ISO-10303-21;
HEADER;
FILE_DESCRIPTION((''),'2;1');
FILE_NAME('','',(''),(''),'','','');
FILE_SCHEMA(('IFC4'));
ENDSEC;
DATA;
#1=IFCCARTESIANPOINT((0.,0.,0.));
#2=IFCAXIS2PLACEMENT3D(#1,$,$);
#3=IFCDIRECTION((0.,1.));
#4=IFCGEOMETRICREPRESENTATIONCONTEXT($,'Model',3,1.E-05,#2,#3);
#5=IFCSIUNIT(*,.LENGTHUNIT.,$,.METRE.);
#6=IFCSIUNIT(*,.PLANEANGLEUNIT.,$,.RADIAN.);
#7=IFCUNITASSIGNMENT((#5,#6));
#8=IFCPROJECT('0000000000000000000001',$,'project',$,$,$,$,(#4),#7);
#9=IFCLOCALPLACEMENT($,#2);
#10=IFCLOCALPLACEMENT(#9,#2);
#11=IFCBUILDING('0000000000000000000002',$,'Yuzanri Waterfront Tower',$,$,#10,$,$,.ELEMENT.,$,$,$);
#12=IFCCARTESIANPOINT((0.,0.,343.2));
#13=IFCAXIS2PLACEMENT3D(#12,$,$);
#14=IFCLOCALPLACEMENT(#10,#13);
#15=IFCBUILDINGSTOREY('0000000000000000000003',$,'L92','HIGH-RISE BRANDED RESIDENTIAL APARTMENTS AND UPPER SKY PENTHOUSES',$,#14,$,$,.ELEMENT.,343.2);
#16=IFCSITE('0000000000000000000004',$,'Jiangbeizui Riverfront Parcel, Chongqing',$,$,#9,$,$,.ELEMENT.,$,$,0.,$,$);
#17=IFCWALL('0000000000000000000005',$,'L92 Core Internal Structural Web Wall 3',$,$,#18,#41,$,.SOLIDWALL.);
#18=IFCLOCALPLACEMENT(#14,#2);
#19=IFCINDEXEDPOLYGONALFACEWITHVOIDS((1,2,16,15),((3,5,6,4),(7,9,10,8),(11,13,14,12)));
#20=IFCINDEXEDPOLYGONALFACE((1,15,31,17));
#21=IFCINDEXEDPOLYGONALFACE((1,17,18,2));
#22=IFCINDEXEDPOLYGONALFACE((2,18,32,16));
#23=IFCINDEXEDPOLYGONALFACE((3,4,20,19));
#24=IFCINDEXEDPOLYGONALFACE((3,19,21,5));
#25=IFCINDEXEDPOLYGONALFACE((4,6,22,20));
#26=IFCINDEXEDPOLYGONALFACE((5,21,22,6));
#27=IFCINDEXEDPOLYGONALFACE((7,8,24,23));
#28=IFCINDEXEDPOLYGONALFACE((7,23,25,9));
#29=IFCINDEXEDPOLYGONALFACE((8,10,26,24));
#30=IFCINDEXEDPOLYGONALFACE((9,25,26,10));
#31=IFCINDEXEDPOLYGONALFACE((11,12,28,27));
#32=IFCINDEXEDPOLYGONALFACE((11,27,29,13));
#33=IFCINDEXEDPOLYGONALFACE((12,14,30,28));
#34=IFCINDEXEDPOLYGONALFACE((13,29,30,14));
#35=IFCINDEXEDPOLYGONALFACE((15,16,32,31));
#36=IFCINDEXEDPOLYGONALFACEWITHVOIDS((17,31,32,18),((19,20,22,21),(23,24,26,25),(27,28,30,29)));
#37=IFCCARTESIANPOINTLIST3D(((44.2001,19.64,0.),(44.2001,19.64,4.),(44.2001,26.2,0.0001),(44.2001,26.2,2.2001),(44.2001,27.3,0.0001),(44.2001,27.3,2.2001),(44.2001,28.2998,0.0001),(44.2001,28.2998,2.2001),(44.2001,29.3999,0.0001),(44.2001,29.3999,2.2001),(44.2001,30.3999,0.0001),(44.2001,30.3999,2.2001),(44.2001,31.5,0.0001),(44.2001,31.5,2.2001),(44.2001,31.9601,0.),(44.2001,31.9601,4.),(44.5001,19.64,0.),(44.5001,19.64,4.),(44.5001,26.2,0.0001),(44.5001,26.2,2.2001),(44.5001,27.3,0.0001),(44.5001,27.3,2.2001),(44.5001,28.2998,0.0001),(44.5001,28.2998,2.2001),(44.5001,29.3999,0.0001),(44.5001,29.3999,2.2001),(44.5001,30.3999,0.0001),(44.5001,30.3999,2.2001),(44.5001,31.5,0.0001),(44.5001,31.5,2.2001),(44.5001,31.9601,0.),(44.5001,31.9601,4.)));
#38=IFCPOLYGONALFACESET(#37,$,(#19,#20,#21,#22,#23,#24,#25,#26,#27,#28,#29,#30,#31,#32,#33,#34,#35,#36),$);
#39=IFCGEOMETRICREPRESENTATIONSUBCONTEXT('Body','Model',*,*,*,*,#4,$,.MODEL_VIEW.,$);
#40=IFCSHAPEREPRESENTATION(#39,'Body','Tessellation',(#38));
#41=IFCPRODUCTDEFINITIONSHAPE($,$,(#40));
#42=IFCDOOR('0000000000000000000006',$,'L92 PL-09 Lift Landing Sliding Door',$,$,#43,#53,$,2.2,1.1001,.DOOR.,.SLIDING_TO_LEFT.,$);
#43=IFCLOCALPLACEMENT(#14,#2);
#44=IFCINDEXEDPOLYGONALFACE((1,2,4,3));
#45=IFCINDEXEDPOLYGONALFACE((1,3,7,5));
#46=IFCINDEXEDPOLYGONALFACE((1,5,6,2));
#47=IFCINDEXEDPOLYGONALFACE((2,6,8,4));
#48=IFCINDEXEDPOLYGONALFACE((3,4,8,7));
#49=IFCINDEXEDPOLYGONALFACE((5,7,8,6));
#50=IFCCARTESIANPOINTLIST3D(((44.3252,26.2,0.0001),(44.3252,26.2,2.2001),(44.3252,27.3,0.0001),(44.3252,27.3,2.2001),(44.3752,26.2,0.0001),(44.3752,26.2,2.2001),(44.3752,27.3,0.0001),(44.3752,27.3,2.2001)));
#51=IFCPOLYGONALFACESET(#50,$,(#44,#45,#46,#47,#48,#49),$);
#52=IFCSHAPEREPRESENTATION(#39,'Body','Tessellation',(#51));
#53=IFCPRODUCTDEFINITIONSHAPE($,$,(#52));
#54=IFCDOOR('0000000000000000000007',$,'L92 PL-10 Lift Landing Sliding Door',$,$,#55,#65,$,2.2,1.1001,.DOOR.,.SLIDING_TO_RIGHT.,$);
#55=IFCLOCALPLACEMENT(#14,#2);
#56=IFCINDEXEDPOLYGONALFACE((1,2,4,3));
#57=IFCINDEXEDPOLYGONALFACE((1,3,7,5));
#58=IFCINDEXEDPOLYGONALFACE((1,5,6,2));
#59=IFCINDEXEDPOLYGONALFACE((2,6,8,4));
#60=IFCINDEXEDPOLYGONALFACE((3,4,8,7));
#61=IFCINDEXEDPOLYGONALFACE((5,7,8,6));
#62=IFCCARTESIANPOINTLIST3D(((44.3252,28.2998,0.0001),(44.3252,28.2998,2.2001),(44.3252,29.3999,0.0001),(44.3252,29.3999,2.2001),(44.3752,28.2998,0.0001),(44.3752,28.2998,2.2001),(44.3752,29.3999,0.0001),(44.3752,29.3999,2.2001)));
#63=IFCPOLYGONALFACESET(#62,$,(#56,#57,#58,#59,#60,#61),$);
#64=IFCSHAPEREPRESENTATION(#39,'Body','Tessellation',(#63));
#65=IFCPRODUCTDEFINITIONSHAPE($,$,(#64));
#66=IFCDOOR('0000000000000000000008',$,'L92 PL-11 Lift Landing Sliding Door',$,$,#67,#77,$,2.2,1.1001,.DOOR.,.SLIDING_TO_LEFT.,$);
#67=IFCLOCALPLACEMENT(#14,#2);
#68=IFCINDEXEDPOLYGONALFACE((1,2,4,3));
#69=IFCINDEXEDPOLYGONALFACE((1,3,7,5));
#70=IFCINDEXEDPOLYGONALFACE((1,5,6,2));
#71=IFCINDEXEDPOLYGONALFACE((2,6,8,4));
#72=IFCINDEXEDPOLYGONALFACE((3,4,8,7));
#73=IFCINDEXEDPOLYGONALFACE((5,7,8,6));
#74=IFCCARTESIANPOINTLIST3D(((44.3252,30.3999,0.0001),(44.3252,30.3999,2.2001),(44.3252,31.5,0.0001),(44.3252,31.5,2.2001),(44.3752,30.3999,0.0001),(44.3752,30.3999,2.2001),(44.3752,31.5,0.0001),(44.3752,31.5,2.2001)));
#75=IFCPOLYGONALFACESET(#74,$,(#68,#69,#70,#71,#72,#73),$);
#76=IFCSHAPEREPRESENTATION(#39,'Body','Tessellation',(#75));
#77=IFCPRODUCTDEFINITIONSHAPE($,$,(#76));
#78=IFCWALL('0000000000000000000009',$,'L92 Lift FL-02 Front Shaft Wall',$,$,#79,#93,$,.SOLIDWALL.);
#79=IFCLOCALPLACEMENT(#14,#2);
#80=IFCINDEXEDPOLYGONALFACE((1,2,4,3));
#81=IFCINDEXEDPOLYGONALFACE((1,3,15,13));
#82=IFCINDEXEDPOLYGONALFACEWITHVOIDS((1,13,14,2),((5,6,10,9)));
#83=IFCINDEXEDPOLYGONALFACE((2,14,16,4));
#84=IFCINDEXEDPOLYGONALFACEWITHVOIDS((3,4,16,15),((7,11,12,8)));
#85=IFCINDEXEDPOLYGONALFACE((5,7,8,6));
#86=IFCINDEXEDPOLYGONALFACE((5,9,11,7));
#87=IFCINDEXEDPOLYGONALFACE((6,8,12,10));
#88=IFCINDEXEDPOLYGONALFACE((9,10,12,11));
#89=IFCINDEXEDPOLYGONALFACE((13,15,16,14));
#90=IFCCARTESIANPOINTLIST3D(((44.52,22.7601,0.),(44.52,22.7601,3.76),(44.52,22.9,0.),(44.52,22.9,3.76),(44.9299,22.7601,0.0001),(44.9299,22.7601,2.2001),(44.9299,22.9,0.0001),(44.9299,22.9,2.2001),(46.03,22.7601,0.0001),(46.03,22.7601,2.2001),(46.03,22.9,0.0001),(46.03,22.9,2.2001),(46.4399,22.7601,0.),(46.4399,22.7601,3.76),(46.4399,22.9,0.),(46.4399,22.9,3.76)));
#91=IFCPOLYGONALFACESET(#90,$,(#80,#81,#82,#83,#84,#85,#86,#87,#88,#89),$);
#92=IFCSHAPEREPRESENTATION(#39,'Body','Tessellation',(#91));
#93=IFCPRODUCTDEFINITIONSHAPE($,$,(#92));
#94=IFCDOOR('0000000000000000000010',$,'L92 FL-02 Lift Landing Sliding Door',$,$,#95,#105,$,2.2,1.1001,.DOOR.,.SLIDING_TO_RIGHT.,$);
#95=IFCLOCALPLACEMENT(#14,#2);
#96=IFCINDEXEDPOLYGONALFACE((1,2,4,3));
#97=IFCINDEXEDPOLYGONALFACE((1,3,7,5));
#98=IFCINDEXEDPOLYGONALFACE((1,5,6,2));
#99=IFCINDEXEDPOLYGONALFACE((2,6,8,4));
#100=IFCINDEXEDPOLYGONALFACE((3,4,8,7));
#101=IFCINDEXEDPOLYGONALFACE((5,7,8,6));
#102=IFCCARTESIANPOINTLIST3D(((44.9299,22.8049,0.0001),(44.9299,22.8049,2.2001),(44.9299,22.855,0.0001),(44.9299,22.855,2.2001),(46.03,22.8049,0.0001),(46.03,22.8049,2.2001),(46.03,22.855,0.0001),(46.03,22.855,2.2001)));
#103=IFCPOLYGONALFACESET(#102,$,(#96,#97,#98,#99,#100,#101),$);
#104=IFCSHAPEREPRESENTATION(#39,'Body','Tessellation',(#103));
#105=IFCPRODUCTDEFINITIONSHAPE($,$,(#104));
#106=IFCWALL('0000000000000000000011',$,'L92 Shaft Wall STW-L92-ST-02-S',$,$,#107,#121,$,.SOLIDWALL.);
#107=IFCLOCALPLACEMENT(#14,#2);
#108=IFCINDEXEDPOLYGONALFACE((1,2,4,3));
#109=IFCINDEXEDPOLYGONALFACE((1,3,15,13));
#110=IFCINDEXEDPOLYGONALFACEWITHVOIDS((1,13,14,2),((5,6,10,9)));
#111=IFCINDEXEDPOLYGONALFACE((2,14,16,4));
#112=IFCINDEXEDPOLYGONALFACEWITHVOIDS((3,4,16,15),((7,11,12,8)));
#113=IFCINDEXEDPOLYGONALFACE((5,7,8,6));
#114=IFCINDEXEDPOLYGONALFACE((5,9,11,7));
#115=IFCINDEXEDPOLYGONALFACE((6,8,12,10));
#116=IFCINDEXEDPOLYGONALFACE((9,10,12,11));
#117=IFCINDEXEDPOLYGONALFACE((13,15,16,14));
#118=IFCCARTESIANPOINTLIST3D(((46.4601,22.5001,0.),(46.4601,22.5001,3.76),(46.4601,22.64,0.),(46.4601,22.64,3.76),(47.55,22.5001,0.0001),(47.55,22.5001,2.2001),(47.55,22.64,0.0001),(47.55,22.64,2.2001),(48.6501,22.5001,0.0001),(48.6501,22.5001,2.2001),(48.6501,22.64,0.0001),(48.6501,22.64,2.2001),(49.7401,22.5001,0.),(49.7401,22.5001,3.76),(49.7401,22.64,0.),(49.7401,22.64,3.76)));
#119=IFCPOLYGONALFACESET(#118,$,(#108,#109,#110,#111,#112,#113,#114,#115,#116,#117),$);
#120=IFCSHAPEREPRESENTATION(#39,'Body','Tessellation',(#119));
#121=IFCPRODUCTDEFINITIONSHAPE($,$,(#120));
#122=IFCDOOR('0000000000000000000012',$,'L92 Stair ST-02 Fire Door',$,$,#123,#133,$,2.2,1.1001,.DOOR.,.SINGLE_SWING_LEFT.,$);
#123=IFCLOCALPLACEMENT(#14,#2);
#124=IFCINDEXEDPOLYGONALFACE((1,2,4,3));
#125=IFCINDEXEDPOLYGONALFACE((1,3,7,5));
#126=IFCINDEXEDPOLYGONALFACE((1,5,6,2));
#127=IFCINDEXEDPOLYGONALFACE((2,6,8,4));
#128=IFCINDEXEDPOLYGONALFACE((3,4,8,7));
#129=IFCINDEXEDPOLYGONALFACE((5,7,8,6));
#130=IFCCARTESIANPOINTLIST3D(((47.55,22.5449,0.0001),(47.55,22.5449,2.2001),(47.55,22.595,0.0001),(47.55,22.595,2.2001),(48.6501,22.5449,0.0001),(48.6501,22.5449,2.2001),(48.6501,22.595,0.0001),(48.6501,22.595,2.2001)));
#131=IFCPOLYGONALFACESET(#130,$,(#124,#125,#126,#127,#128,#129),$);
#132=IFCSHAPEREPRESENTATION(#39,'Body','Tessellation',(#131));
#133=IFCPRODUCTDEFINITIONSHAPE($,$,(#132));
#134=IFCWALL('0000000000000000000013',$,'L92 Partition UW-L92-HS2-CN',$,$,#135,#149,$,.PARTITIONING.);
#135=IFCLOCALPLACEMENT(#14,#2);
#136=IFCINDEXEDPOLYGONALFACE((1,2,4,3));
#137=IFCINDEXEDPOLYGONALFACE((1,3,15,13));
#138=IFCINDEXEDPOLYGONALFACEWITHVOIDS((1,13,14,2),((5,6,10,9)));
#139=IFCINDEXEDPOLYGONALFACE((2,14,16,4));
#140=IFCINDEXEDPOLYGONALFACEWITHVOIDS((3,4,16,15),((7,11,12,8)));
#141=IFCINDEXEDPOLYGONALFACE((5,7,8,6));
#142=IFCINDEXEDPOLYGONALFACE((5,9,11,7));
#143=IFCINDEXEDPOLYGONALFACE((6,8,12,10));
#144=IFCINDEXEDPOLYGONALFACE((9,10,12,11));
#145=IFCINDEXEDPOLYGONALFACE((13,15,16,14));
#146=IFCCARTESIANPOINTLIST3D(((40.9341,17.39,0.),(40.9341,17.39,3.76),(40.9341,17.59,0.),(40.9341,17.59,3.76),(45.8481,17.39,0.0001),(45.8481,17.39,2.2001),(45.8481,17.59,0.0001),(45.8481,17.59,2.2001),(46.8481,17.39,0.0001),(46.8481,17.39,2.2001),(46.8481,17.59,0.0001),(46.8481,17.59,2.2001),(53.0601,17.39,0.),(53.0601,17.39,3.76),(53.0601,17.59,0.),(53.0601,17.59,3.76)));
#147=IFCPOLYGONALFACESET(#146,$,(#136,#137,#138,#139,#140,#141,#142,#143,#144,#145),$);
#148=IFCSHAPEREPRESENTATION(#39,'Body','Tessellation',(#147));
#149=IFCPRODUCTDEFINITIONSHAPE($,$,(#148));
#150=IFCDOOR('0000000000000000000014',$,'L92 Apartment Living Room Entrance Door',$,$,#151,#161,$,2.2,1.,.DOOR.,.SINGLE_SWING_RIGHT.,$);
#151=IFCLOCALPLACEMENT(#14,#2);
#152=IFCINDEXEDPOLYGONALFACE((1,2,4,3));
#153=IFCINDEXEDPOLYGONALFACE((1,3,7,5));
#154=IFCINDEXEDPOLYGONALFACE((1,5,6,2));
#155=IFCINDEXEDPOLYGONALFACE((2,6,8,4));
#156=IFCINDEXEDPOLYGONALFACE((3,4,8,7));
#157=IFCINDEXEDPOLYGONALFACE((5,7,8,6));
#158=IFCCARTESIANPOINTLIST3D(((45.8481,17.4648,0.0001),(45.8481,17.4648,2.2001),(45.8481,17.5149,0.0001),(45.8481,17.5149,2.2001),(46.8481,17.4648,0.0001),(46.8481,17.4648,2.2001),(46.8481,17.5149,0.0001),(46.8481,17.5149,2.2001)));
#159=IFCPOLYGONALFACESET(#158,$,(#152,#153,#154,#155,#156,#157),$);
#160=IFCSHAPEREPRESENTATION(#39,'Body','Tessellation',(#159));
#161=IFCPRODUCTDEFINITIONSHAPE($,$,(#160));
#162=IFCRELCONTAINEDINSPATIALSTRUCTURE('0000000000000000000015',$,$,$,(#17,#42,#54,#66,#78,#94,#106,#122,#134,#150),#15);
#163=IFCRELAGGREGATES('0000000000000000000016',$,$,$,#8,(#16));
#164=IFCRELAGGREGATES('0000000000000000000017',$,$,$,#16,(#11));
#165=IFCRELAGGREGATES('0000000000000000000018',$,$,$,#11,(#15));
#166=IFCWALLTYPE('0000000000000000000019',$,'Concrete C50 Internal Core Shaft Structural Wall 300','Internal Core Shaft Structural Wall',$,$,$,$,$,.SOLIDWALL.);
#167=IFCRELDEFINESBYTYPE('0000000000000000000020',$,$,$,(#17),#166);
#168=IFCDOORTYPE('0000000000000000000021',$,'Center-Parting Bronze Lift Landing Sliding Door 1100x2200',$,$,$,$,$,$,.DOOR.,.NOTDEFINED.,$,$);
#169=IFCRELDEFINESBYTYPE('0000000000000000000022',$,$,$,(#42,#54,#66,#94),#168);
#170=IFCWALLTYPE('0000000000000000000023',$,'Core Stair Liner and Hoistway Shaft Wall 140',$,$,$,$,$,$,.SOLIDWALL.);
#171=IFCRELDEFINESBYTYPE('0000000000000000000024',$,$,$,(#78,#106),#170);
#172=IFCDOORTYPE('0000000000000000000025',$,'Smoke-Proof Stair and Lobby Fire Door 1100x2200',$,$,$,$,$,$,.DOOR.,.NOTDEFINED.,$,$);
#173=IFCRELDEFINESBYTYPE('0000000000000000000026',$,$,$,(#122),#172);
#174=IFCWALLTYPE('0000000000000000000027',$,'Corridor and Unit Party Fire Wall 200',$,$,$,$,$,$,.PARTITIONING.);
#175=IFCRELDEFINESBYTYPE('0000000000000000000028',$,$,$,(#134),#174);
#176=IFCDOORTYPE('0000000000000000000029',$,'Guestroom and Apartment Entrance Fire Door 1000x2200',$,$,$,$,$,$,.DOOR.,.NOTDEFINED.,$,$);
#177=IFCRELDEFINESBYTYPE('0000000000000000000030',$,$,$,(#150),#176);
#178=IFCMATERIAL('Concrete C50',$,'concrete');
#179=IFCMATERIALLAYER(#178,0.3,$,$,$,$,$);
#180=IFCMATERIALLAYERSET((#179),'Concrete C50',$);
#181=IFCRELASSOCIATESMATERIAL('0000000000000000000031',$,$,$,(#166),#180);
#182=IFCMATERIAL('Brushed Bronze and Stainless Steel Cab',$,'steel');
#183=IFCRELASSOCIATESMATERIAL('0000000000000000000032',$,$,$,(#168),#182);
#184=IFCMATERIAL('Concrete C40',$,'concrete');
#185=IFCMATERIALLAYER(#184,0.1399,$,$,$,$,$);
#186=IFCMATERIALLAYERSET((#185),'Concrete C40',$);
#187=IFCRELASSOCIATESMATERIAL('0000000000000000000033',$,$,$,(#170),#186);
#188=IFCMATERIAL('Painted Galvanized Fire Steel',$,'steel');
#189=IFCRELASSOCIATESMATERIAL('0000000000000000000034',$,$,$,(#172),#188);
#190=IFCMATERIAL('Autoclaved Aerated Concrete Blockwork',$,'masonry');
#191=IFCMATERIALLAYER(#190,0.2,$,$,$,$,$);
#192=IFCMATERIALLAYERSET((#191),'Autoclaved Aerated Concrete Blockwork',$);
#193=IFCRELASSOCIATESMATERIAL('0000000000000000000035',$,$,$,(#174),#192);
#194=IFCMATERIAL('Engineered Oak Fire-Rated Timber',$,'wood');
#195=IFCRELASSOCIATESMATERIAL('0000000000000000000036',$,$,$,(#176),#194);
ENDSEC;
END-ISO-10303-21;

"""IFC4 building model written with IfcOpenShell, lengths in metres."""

from ifc_helpers import new_model, si_unit, direction, frame, frame_2d, origin, place, context, subcontext, project, spatial, rectangle, extrude, source, transform, mapped, material, layer, layer_set, type_object, element, fill, save


model = new_model("IFC4")

# Units and contexts
model_context = context("Model", 3, precision=1e-05, world=origin(), true_north=direction((0.0, 1.0)))
body_context = subcontext(model_context, "Body", "Model", "MODEL_VIEW")
ifc_project = project(units=[si_unit("LENGTHUNIT", "METRE"), si_unit("PLANEANGLEUNIT", "RADIAN")], contexts=[model_context])

# Site, building, storey
site_placement = place(None, origin())
site = spatial("IfcSite", under=ifc_project, at=site_placement, Name="Jiangbeizui Riverfront Parcel, Chongqing", CompositionType="ELEMENT", RefElevation=0.0)
building_placement = place(site_placement, origin())
building = spatial("IfcBuilding", under=site, at=building_placement, Name="Yuzanri Waterfront Tower", CompositionType="ELEMENT")
storey_placement = place(building_placement, frame((0.0, 0.0, 343.2)))
storey = spatial("IfcBuildingStorey", under=building, at=storey_placement, Name="L92", Description="HIGH-RISE BRANDED RESIDENTIAL APARTMENTS AND UPPER SKY PENTHOUSES", CompositionType="ELEMENT", Elevation=343.2)

# Wall, openings, doors
ifc_material_1 = material(Name="Concrete C50", Category="concrete")
ifc_layer_1 = layer(ifc_material_1, 0.3)
ifc_layer_set_1 = layer_set([ifc_layer_1], Name="Concrete C50")
wall_type_1 = type_object("IfcWallType", Name="Concrete C50 Internal Core Shaft Structural Wall 300", Description="Internal Core Shaft Structural Wall", PredefinedType="SOLIDWALL", material=ifc_layer_set_1)
wall_1_placement = place(storey_placement, frame((44.3501, 19.6399, 0.0), z_axis=(0.0, 0.0, 1.0), x_axis=(0.0, 1.0, 0.0)))
wall_1 = element("IfcWall", 1, at=wall_1_placement, inside=storey, type_object=wall_type_1, Name="L92 Core Internal Structural Web Wall 3", PredefinedType="SOLIDWALL", context=body_context, shape_type="SweptSolid", body=[
    extrude(rectangle(XDim=12.3201, YDim=0.3, at=frame_2d((6.1602, 0.0))), origin(), (0.0, 0.0, 1.0), 4.0),
])
opening_1_placement = place(wall_1_placement, frame((6.5601, 0.0, 0.0)))
opening_1 = element("IfcOpeningElement", 2, at=opening_1_placement, cuts=wall_1, PredefinedType="OPENING", context=body_context, shape_type="SweptSolid", body=[
    extrude(rectangle(XDim=1.1001, YDim=2.2, at=frame_2d((0.55, 1.1001))), frame((0.0, 0.165, 0.0), z_axis=(0.0, -1.0, 0.0), x_axis=(1.0, 0.0, 0.0)), (0.0, 0.0, 1.0), 0.3298),
])
opening_2_placement = place(wall_1_placement, frame((8.6599, 0.0, 0.0)))
opening_2 = element("IfcOpeningElement", 3, at=opening_2_placement, cuts=wall_1, PredefinedType="OPENING", context=body_context, shape_type="SweptSolid", body=[
    extrude(rectangle(XDim=1.1001, YDim=2.2, at=frame_2d((0.55, 1.1001))), frame((0.0, 0.165, 0.0), z_axis=(0.0, -1.0, 0.0), x_axis=(1.0, 0.0, 0.0)), (0.0, 0.0, 1.0), 0.3298),
])
opening_3_placement = place(wall_1_placement, frame((10.76, 0.0, 0.0)))
opening_3 = element("IfcOpeningElement", 4, at=opening_3_placement, cuts=wall_1, PredefinedType="OPENING", context=body_context, shape_type="SweptSolid", body=[
    extrude(rectangle(XDim=1.1001, YDim=2.2, at=frame_2d((0.55, 1.1001))), frame((0.0, 0.165, 0.0), z_axis=(0.0, -1.0, 0.0), x_axis=(1.0, 0.0, 0.0)), (0.0, 0.0, 1.0), 0.3298),
])
ifc_material_2 = material(Name="Brushed Bronze and Stainless Steel Cab", Category="steel")
door_type_1 = type_object("IfcDoorType", Name="Center-Parting Bronze Lift Landing Sliding Door 1100x2200", OperationType="NOTDEFINED", PredefinedType="DOOR", material=ifc_material_2)
shared_shape_1 = source(origin(), body_context, "Body", "SweptSolid", [
    extrude(rectangle(XDim=1.1001, YDim=2.2, at=frame_2d((0.55, 1.1001))), frame((0.0, 0.0249, 0.0), z_axis=(0.0, -1.0, 0.0), x_axis=(1.0, 0.0, 0.0)), (0.0, 0.0, 1.0), 0.05),
])
door_1_placement = place(opening_1_placement, origin())
door_1 = element("IfcDoor", 5, at=door_1_placement, inside=storey, type_object=door_type_1, Name="L92 PL-09 Lift Landing Sliding Door", OperationType="SLIDING_TO_LEFT", OverallHeight=2.2, OverallWidth=1.1001, PredefinedType="DOOR", context=body_context, shape_type="MappedRepresentation", body=[
    mapped(shared_shape_1, transform((0.0, 0.0, 0.0), scale=1.0)),
])
fill(opening_1, door_1)
door_2_placement = place(opening_2_placement, origin())
door_2 = element("IfcDoor", 6, at=door_2_placement, inside=storey, type_object=door_type_1, Name="L92 PL-10 Lift Landing Sliding Door", OperationType="SLIDING_TO_RIGHT", OverallHeight=2.2, OverallWidth=1.1001, PredefinedType="DOOR", context=body_context, shape_type="MappedRepresentation", body=[
    mapped(shared_shape_1, transform((0.0, 0.0, 0.0), scale=1.0)),
])
fill(opening_2, door_2)
door_3_placement = place(opening_3_placement, origin())
door_3 = element("IfcDoor", 7, at=door_3_placement, inside=storey, type_object=door_type_1, Name="L92 PL-11 Lift Landing Sliding Door", OperationType="SLIDING_TO_LEFT", OverallHeight=2.2, OverallWidth=1.1001, PredefinedType="DOOR", context=body_context, shape_type="MappedRepresentation", body=[
    mapped(shared_shape_1, transform((0.0, 0.0, 0.0), scale=1.0)),
])
fill(opening_3, door_3)

# Walls, openings, doors
ifc_material_3 = material(Name="Concrete C40", Category="concrete")
ifc_layer_2 = layer(ifc_material_3, 0.1399)
ifc_layer_set_2 = layer_set([ifc_layer_2], Name="Concrete C40")
wall_type_2 = type_object("IfcWallType", Name="Core Stair Liner and Hoistway Shaft Wall 140", PredefinedType="SOLIDWALL", material=ifc_layer_set_2)
wall_2_placement = place(storey_placement, frame((44.52, 22.8301, 0.0), z_axis=(0.0, 0.0, 1.0), x_axis=(1.0, 0.0, 0.0)))
wall_2 = element("IfcWall", 8, at=wall_2_placement, inside=storey, type_object=wall_type_2, Name="L92 Lift FL-02 Front Shaft Wall", PredefinedType="SOLIDWALL", context=body_context, shape_type="SweptSolid", body=[
    extrude(rectangle(XDim=1.9199, YDim=0.1399, at=frame_2d((0.96, 0.0))), origin(), (0.0, 0.0, 1.0), 3.76),
])
opening_4_placement = place(wall_2_placement, frame((0.4099, 0.0, 0.0)))
opening_4 = element("IfcOpeningElement", 9, at=opening_4_placement, cuts=wall_2, PredefinedType="OPENING", context=body_context, shape_type="SweptSolid", body=[
    extrude(rectangle(XDim=1.1001, YDim=2.2, at=frame_2d((0.55, 1.1001))), frame((0.0, 0.085, 0.0), z_axis=(0.0, -1.0, 0.0), x_axis=(1.0, 0.0, 0.0)), (0.0, 0.0, 1.0), 0.1697),
])
door_4_placement = place(opening_4_placement, origin())
door_4 = element("IfcDoor", 10, at=door_4_placement, inside=storey, type_object=door_type_1, Name="L92 FL-02 Lift Landing Sliding Door", OperationType="SLIDING_TO_RIGHT", OverallHeight=2.2, OverallWidth=1.1001, PredefinedType="DOOR", context=body_context, shape_type="MappedRepresentation", body=[
    mapped(shared_shape_1, transform((0.0, 0.0, 0.0), scale=1.0)),
])
fill(opening_4, door_4)
wall_3_placement = place(storey_placement, frame((46.46, 22.5701, 0.0), z_axis=(0.0, 0.0, 1.0), x_axis=(1.0, 0.0, 0.0)))
wall_3 = element("IfcWall", 11, at=wall_3_placement, inside=storey, type_object=wall_type_2, Name="L92 Shaft Wall STW-L92-ST-02-S", PredefinedType="SOLIDWALL", context=body_context, shape_type="SweptSolid", body=[
    extrude(rectangle(XDim=3.28, YDim=0.1399, at=frame_2d((1.6401, 0.0))), origin(), (0.0, 0.0, 1.0), 3.76),
])
opening_5_placement = place(wall_3_placement, frame((1.0901, 0.0, 0.0)))
opening_5 = element("IfcOpeningElement", 12, at=opening_5_placement, cuts=wall_3, PredefinedType="OPENING", context=body_context, shape_type="SweptSolid", body=[
    extrude(rectangle(XDim=1.1001, YDim=2.2, at=frame_2d((0.55, 1.1001))), frame((0.0, 0.085, 0.0), z_axis=(0.0, -1.0, 0.0), x_axis=(1.0, 0.0, 0.0)), (0.0, 0.0, 1.0), 0.1697),
])
ifc_material_4 = material(Name="Painted Galvanized Fire Steel", Category="steel")
door_type_2 = type_object("IfcDoorType", Name="Smoke-Proof Stair and Lobby Fire Door 1100x2200", OperationType="NOTDEFINED", PredefinedType="DOOR", material=ifc_material_4)
shared_shape_2 = source(origin(), body_context, "Body", "SweptSolid", [
    extrude(rectangle(XDim=1.1001, YDim=2.2, at=frame_2d((0.55, 1.1001))), frame((0.0, 0.0249, 0.0), z_axis=(0.0, -1.0, 0.0), x_axis=(1.0, 0.0, 0.0)), (0.0, 0.0, 1.0), 0.05),
])
door_5_placement = place(opening_5_placement, origin())
door_5 = element("IfcDoor", 13, at=door_5_placement, inside=storey, type_object=door_type_2, Name="L92 Stair ST-02 Fire Door", OperationType="SINGLE_SWING_LEFT", OverallHeight=2.2, OverallWidth=1.1001, PredefinedType="DOOR", context=body_context, shape_type="MappedRepresentation", body=[
    mapped(shared_shape_2, transform((0.0, 0.0, 0.0), scale=1.0)),
])
fill(opening_5, door_5)
ifc_material_5 = material(Name="Autoclaved Aerated Concrete Blockwork", Category="masonry")
ifc_layer_3 = layer(ifc_material_5, 0.2)
ifc_layer_set_3 = layer_set([ifc_layer_3], Name="Autoclaved Aerated Concrete Blockwork")
wall_type_3 = type_object("IfcWallType", Name="Corridor and Unit Party Fire Wall 200", PredefinedType="PARTITIONING", material=ifc_layer_set_3)
wall_4_placement = place(storey_placement, frame((40.9341, 17.49, 0.0), z_axis=(0.0, 0.0, 1.0), x_axis=(1.0, 0.0, 0.0)))
wall_4 = element("IfcWall", 14, at=wall_4_placement, inside=storey, type_object=wall_type_3, Name="L92 Partition UW-L92-HS2-CN", PredefinedType="PARTITIONING", context=body_context, shape_type="SweptSolid", body=[
    extrude(rectangle(XDim=12.126, YDim=0.2, at=frame_2d((6.063, 0.0))), origin(), (0.0, 0.0, 1.0), 3.76),
])
opening_6_placement = place(wall_4_placement, frame((4.9141, 0.0, 0.0)))
opening_6 = element("IfcOpeningElement", 15, at=opening_6_placement, cuts=wall_4, PredefinedType="OPENING", context=body_context, shape_type="SweptSolid", body=[
    extrude(rectangle(XDim=1.0, YDim=2.2, at=frame_2d((0.5, 1.1001))), frame((0.0, 0.1147, 0.0), z_axis=(0.0, -1.0, 0.0), x_axis=(1.0, 0.0, 0.0)), (0.0, 0.0, 1.0), 0.2297),
])
ifc_material_6 = material(Name="Engineered Oak Fire-Rated Timber", Category="wood")
door_type_3 = type_object("IfcDoorType", Name="Guestroom and Apartment Entrance Fire Door 1000x2200", OperationType="NOTDEFINED", PredefinedType="DOOR", material=ifc_material_6)
shared_shape_3 = source(origin(), body_context, "Body", "SweptSolid", [
    extrude(rectangle(XDim=1.0, YDim=2.2, at=frame_2d((0.5, 1.1001))), frame((0.0, 0.0249, 0.0), z_axis=(0.0, -1.0, 0.0), x_axis=(1.0, 0.0, 0.0)), (0.0, 0.0, 1.0), 0.05),
])
door_6_placement = place(opening_6_placement, origin())
door_6 = element("IfcDoor", 16, at=door_6_placement, inside=storey, type_object=door_type_3, Name="L92 Apartment Living Room Entrance Door", OperationType="SINGLE_SWING_RIGHT", OverallHeight=2.2, OverallWidth=1.0, PredefinedType="DOOR", context=body_context, shape_type="MappedRepresentation", body=[
    mapped(shared_shape_3, transform((0.0, 0.0, 0.0), scale=1.0)),
])
fill(opening_6, door_6)

save(model, "model.ifc")
